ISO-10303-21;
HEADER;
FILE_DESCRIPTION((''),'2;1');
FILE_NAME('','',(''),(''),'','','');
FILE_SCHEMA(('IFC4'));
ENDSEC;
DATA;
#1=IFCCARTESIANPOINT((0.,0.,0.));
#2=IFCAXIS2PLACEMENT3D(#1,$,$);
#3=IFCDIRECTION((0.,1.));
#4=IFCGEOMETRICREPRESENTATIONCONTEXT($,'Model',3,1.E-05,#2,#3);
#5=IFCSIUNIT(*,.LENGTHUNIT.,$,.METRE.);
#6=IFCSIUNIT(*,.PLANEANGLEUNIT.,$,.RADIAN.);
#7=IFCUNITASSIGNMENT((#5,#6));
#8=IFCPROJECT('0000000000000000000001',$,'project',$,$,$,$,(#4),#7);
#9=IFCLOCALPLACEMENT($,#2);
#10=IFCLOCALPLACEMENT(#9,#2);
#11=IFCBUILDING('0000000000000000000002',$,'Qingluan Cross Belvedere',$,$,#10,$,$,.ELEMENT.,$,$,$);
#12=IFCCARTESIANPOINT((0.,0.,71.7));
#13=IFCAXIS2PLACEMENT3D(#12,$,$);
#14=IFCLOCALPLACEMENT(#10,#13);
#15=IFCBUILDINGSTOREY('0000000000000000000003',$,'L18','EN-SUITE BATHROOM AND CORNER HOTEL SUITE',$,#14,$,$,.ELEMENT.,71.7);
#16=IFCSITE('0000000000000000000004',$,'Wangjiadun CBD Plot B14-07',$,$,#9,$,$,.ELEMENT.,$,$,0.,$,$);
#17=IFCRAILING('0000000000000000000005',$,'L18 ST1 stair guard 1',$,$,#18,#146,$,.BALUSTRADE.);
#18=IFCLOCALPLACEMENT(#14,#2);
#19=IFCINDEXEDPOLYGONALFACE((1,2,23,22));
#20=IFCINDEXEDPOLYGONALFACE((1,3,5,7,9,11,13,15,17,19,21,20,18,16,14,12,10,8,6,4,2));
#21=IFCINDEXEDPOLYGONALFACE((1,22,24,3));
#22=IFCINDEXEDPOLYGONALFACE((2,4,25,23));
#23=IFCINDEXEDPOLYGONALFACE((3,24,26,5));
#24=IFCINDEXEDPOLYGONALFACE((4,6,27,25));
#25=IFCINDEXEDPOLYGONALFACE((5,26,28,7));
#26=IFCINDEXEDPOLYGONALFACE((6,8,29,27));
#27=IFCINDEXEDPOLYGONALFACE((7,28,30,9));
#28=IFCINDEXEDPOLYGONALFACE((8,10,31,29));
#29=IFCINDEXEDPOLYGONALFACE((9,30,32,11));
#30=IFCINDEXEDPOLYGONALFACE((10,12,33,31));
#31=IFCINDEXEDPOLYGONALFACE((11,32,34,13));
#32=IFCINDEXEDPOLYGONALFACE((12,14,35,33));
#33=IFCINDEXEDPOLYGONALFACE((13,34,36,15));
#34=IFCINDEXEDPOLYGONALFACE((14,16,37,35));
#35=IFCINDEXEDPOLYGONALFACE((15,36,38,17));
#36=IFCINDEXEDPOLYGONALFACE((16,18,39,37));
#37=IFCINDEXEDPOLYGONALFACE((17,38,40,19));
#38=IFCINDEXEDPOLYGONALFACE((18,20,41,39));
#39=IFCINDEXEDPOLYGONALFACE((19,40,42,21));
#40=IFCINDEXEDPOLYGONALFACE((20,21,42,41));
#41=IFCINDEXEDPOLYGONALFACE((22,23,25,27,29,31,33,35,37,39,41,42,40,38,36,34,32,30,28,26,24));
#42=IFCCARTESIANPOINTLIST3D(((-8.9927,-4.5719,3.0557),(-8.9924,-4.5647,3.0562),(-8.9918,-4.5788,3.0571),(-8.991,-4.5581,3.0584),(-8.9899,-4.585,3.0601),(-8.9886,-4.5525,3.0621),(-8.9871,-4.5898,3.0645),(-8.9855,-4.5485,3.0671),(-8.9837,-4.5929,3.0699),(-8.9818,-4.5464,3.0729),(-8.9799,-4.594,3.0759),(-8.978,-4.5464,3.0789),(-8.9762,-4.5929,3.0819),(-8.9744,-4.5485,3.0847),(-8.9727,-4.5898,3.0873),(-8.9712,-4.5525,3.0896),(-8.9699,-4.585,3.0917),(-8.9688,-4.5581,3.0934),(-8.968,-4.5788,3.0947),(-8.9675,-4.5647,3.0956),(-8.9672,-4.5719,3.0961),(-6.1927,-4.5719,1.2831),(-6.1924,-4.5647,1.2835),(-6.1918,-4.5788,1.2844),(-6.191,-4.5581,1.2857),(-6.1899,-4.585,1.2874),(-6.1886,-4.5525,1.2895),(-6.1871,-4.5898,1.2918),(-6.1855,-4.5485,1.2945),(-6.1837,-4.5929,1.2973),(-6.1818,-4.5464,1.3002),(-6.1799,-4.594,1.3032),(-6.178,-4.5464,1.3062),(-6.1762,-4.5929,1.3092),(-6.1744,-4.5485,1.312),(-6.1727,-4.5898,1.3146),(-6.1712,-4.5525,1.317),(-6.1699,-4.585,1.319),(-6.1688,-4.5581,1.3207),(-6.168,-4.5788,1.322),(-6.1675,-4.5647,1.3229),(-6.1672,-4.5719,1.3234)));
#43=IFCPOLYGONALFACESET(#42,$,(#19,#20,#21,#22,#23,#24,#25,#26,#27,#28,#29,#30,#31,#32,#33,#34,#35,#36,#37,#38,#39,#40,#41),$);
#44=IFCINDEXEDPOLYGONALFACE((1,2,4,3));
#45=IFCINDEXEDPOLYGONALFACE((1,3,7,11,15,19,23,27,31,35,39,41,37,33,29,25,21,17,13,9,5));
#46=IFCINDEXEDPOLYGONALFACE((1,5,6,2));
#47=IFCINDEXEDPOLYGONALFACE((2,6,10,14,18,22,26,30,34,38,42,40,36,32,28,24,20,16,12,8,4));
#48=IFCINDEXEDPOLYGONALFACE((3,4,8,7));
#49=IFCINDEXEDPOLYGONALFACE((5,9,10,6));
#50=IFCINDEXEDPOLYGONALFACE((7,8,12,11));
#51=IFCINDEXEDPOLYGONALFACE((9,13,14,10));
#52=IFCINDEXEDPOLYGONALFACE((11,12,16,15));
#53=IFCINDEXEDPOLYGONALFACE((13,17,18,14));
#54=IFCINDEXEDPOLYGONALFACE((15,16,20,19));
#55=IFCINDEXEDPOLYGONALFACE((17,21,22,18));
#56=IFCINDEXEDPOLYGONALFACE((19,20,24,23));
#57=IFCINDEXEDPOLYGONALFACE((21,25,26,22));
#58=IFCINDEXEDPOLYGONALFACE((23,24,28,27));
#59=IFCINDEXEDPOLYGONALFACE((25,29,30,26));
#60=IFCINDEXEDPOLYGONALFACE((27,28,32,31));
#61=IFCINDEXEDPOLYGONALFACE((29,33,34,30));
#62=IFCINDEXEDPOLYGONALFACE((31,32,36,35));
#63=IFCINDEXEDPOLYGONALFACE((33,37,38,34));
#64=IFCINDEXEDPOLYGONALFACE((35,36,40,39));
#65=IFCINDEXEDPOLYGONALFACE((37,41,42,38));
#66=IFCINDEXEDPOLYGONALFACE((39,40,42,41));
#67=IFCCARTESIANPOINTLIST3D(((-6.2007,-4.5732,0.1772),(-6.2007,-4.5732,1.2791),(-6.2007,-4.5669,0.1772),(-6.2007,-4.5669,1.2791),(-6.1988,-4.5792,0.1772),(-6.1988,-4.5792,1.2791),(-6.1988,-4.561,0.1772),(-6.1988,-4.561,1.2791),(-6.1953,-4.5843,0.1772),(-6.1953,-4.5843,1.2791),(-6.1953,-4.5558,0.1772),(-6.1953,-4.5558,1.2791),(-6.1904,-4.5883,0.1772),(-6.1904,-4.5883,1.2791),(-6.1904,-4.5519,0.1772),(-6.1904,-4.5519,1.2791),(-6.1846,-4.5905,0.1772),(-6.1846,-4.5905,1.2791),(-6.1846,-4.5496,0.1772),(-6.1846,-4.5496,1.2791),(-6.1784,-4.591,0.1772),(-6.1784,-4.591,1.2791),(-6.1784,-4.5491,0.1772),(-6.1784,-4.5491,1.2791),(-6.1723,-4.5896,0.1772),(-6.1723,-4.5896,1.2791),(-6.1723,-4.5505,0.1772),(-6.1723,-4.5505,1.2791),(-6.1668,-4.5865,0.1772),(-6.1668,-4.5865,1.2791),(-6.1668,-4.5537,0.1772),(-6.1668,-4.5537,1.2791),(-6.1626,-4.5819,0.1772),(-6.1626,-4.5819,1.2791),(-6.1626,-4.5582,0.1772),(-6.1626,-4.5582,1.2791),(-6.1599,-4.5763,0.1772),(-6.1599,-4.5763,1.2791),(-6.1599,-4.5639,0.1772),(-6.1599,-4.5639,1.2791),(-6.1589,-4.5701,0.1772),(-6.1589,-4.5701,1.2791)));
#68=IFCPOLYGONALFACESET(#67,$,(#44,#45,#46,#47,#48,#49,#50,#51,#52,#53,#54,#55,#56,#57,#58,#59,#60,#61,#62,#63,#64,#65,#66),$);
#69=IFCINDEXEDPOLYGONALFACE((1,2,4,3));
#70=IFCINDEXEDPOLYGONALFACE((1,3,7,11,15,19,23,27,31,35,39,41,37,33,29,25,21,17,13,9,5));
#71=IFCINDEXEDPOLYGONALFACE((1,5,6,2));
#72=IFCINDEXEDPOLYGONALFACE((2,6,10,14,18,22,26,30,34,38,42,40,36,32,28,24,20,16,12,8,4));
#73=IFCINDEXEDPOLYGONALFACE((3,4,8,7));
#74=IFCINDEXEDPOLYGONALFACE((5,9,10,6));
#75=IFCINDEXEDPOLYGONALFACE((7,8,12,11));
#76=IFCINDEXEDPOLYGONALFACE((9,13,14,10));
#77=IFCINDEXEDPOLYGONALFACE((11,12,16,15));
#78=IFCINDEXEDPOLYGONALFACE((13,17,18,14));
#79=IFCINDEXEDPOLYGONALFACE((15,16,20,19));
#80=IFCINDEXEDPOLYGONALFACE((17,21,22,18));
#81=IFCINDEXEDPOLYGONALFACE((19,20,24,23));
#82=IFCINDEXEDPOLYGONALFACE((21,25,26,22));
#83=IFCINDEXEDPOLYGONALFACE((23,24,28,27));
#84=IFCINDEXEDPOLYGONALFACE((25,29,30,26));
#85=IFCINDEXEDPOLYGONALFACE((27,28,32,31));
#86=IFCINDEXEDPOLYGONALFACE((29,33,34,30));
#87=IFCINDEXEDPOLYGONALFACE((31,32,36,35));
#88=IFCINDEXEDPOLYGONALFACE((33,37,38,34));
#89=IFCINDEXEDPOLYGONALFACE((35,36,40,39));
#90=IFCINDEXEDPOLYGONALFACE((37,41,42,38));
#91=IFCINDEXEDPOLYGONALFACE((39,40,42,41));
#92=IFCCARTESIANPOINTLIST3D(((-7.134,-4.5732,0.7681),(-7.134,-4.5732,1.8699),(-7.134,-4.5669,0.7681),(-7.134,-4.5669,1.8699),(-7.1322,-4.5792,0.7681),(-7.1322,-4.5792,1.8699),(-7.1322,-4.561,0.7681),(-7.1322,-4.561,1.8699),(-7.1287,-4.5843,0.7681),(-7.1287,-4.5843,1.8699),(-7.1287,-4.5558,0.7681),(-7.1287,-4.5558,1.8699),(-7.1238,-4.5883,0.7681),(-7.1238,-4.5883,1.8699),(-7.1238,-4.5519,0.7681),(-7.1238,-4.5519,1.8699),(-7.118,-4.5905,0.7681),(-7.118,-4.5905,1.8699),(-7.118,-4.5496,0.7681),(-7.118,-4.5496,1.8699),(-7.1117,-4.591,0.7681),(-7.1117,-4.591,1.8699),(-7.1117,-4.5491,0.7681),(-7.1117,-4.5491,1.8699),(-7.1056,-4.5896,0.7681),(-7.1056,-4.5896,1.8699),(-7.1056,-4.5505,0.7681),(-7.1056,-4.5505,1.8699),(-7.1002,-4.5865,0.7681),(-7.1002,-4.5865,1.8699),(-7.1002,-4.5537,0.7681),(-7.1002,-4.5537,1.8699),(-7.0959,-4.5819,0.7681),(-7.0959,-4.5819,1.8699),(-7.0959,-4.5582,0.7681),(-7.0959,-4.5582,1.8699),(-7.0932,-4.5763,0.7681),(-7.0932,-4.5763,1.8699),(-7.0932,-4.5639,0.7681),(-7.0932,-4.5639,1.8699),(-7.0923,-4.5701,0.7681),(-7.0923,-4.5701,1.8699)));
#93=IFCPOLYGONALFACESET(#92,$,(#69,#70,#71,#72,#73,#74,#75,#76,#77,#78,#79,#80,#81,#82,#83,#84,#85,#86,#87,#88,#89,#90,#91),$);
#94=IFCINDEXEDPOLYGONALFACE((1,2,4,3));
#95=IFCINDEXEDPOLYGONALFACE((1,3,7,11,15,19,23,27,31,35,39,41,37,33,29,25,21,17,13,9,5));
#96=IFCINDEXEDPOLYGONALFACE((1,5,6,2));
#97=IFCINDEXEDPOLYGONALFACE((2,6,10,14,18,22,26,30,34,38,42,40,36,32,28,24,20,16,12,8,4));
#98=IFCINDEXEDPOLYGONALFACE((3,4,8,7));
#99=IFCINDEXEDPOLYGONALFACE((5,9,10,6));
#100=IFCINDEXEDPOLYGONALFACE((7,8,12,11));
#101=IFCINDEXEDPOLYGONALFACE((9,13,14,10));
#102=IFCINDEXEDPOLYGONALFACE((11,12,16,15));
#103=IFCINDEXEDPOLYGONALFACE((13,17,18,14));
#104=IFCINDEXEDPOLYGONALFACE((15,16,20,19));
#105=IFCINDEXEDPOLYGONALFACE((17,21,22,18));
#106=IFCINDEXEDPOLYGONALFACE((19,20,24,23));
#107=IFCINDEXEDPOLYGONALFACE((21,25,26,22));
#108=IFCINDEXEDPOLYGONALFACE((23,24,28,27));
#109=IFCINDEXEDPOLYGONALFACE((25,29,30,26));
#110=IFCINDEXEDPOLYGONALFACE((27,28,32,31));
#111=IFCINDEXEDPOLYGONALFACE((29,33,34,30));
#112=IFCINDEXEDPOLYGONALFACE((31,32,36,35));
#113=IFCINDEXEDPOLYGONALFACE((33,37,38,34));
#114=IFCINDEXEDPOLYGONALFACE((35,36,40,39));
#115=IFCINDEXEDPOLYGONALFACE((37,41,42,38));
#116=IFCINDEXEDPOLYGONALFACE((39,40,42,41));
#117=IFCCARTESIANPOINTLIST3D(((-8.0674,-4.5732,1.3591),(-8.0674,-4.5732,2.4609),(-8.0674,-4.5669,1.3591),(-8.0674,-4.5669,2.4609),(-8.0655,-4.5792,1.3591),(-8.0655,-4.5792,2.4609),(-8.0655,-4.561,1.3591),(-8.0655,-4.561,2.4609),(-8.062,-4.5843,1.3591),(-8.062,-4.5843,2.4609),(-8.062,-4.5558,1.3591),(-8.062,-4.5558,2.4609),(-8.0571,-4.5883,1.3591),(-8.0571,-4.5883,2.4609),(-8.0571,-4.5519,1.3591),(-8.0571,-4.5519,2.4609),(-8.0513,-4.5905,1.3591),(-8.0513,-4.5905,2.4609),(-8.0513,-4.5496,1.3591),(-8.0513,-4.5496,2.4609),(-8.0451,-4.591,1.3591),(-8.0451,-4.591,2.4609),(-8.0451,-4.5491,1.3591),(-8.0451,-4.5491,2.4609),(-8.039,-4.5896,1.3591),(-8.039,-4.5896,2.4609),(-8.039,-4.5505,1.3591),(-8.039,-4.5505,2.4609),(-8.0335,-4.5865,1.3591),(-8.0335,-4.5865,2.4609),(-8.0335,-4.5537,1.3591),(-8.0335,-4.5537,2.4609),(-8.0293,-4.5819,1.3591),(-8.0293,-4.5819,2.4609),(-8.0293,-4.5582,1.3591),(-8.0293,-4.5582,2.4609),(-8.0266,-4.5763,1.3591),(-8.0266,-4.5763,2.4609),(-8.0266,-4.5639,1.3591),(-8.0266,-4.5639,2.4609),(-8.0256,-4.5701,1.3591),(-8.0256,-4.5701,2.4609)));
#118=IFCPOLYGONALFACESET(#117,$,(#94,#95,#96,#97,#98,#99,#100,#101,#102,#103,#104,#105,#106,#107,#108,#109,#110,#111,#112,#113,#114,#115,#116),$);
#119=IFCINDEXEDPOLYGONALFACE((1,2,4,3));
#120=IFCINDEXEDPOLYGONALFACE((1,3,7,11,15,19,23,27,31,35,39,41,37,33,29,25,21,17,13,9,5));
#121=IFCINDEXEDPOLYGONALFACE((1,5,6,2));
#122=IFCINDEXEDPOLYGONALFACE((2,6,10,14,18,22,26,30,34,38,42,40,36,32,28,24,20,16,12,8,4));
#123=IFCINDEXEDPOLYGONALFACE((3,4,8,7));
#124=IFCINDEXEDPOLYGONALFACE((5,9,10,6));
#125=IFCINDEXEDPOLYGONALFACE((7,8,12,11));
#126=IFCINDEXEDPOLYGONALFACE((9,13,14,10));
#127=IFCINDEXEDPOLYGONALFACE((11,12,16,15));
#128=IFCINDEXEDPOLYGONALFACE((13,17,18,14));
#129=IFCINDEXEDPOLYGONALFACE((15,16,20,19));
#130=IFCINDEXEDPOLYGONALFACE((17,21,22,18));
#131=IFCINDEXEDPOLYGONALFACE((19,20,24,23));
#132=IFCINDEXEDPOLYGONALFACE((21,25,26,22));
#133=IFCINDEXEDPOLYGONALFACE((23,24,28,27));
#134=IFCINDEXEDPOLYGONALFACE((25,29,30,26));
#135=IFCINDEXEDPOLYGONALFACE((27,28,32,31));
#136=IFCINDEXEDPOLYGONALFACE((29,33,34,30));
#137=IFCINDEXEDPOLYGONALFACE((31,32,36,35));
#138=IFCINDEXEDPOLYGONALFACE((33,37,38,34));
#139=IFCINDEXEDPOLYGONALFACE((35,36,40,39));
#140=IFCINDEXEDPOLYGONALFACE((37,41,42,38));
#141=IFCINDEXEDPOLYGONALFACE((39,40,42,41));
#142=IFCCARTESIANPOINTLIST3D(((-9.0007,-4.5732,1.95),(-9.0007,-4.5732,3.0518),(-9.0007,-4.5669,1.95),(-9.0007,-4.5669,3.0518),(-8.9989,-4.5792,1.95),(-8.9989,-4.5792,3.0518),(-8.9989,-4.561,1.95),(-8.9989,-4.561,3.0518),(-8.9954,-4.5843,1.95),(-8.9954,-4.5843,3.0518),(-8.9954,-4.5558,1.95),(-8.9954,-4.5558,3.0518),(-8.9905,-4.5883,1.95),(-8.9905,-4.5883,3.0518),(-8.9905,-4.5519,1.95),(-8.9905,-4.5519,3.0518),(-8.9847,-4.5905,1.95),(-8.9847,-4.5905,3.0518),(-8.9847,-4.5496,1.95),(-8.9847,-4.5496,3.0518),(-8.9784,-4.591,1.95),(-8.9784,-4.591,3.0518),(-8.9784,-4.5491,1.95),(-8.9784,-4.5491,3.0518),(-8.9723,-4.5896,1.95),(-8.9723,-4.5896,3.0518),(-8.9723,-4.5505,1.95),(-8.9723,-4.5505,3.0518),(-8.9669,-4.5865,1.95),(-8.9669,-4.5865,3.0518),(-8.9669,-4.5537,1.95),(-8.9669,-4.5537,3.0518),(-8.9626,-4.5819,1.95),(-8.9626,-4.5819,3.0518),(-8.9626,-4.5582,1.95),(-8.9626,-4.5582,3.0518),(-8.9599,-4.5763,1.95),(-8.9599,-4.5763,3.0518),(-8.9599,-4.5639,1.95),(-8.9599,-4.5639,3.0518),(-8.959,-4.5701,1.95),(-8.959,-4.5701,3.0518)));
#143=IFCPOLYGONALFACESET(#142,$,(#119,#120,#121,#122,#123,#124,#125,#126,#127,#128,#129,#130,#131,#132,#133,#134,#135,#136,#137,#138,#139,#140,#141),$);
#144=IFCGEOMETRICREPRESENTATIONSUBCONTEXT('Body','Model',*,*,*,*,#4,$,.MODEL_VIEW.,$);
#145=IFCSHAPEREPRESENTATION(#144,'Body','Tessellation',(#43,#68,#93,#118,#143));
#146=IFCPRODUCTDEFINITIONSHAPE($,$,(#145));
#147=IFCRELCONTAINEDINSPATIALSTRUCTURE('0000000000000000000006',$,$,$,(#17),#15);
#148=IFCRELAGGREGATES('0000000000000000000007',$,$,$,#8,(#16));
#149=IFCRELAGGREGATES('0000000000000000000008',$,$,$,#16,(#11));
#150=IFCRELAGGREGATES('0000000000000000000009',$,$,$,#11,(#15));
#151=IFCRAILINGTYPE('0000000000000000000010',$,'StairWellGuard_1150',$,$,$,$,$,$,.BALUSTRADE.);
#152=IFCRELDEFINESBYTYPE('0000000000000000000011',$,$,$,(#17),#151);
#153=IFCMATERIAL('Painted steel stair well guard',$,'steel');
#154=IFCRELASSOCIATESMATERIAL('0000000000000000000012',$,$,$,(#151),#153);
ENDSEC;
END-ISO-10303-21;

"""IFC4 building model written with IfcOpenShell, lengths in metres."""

from ifc_helpers import new_model, si_unit, direction, frame, origin, origin_2d, place, context, subcontext, project, spatial, circle, extrude, material, type_object, element, save


model = new_model("IFC4")

# Units and contexts
model_context = context("Model", 3, precision=1e-05, world=origin(), true_north=direction((0.0, 1.0)))
body_context = subcontext(model_context, "Body", "Model", "MODEL_VIEW")
ifc_project = project(units=[si_unit("LENGTHUNIT", "METRE"), si_unit("PLANEANGLEUNIT", "RADIAN")], contexts=[model_context])

# Site, building, storey
site_placement = place(None, origin())
site = spatial("IfcSite", under=ifc_project, at=site_placement, Name="Wangjiadun CBD Plot B14-07", CompositionType="ELEMENT", RefElevation=0.0)
building_placement = place(site_placement, origin())
building = spatial("IfcBuilding", under=site, at=building_placement, Name="Qingluan Cross Belvedere", CompositionType="ELEMENT")
storey_placement = place(building_placement, frame((0.0, 0.0, 71.7)))
storey = spatial("IfcBuildingStorey", under=building, at=storey_placement, Name="L18", Description="EN-SUITE BATHROOM AND CORNER HOTEL SUITE", CompositionType="ELEMENT", Elevation=71.7)

# Railing
ifc_material_1 = material(Name="Painted steel stair well guard", Category="steel")
railing_type_1 = type_object("IfcRailingType", Name="StairWellGuard_1150", PredefinedType="BALUSTRADE", material=ifc_material_1)
railing_1_placement = place(storey_placement, frame((-6.1799, -4.5701, 0.1772)))
element("IfcRailing", 1, at=railing_1_placement, inside=storey, type_object=railing_type_1, Name="L18 ST1 stair guard 1", PredefinedType="BALUSTRADE", context=body_context, shape_type="SweptSolid", body=[
    extrude(circle(Radius=0.0239, at=origin_2d()), frame((0.0, 0.0, 1.126), z_axis=(-0.844909, 0.0, 0.53491), x_axis=(0.0, -1.0, 0.0)), (0.0, 0.0, 1.0), 3.314),
    extrude(circle(Radius=0.021, at=origin_2d()), origin(), (0.0, 0.0, 1.0), 1.1018),
    extrude(circle(Radius=0.021, at=origin_2d()), frame((-0.9333, 0.0, 0.5908)), (0.0, 0.0, 1.0), 1.1018),
    extrude(circle(Radius=0.021, at=origin_2d()), frame((-1.8667, 0.0, 1.1819)), (0.0, 0.0, 1.0), 1.1018),
    extrude(circle(Radius=0.021, at=origin_2d()), frame((-2.8, 0.0, 1.7727)), (0.0, 0.0, 1.0), 1.1018),
])

save(model, "model.ifc")
